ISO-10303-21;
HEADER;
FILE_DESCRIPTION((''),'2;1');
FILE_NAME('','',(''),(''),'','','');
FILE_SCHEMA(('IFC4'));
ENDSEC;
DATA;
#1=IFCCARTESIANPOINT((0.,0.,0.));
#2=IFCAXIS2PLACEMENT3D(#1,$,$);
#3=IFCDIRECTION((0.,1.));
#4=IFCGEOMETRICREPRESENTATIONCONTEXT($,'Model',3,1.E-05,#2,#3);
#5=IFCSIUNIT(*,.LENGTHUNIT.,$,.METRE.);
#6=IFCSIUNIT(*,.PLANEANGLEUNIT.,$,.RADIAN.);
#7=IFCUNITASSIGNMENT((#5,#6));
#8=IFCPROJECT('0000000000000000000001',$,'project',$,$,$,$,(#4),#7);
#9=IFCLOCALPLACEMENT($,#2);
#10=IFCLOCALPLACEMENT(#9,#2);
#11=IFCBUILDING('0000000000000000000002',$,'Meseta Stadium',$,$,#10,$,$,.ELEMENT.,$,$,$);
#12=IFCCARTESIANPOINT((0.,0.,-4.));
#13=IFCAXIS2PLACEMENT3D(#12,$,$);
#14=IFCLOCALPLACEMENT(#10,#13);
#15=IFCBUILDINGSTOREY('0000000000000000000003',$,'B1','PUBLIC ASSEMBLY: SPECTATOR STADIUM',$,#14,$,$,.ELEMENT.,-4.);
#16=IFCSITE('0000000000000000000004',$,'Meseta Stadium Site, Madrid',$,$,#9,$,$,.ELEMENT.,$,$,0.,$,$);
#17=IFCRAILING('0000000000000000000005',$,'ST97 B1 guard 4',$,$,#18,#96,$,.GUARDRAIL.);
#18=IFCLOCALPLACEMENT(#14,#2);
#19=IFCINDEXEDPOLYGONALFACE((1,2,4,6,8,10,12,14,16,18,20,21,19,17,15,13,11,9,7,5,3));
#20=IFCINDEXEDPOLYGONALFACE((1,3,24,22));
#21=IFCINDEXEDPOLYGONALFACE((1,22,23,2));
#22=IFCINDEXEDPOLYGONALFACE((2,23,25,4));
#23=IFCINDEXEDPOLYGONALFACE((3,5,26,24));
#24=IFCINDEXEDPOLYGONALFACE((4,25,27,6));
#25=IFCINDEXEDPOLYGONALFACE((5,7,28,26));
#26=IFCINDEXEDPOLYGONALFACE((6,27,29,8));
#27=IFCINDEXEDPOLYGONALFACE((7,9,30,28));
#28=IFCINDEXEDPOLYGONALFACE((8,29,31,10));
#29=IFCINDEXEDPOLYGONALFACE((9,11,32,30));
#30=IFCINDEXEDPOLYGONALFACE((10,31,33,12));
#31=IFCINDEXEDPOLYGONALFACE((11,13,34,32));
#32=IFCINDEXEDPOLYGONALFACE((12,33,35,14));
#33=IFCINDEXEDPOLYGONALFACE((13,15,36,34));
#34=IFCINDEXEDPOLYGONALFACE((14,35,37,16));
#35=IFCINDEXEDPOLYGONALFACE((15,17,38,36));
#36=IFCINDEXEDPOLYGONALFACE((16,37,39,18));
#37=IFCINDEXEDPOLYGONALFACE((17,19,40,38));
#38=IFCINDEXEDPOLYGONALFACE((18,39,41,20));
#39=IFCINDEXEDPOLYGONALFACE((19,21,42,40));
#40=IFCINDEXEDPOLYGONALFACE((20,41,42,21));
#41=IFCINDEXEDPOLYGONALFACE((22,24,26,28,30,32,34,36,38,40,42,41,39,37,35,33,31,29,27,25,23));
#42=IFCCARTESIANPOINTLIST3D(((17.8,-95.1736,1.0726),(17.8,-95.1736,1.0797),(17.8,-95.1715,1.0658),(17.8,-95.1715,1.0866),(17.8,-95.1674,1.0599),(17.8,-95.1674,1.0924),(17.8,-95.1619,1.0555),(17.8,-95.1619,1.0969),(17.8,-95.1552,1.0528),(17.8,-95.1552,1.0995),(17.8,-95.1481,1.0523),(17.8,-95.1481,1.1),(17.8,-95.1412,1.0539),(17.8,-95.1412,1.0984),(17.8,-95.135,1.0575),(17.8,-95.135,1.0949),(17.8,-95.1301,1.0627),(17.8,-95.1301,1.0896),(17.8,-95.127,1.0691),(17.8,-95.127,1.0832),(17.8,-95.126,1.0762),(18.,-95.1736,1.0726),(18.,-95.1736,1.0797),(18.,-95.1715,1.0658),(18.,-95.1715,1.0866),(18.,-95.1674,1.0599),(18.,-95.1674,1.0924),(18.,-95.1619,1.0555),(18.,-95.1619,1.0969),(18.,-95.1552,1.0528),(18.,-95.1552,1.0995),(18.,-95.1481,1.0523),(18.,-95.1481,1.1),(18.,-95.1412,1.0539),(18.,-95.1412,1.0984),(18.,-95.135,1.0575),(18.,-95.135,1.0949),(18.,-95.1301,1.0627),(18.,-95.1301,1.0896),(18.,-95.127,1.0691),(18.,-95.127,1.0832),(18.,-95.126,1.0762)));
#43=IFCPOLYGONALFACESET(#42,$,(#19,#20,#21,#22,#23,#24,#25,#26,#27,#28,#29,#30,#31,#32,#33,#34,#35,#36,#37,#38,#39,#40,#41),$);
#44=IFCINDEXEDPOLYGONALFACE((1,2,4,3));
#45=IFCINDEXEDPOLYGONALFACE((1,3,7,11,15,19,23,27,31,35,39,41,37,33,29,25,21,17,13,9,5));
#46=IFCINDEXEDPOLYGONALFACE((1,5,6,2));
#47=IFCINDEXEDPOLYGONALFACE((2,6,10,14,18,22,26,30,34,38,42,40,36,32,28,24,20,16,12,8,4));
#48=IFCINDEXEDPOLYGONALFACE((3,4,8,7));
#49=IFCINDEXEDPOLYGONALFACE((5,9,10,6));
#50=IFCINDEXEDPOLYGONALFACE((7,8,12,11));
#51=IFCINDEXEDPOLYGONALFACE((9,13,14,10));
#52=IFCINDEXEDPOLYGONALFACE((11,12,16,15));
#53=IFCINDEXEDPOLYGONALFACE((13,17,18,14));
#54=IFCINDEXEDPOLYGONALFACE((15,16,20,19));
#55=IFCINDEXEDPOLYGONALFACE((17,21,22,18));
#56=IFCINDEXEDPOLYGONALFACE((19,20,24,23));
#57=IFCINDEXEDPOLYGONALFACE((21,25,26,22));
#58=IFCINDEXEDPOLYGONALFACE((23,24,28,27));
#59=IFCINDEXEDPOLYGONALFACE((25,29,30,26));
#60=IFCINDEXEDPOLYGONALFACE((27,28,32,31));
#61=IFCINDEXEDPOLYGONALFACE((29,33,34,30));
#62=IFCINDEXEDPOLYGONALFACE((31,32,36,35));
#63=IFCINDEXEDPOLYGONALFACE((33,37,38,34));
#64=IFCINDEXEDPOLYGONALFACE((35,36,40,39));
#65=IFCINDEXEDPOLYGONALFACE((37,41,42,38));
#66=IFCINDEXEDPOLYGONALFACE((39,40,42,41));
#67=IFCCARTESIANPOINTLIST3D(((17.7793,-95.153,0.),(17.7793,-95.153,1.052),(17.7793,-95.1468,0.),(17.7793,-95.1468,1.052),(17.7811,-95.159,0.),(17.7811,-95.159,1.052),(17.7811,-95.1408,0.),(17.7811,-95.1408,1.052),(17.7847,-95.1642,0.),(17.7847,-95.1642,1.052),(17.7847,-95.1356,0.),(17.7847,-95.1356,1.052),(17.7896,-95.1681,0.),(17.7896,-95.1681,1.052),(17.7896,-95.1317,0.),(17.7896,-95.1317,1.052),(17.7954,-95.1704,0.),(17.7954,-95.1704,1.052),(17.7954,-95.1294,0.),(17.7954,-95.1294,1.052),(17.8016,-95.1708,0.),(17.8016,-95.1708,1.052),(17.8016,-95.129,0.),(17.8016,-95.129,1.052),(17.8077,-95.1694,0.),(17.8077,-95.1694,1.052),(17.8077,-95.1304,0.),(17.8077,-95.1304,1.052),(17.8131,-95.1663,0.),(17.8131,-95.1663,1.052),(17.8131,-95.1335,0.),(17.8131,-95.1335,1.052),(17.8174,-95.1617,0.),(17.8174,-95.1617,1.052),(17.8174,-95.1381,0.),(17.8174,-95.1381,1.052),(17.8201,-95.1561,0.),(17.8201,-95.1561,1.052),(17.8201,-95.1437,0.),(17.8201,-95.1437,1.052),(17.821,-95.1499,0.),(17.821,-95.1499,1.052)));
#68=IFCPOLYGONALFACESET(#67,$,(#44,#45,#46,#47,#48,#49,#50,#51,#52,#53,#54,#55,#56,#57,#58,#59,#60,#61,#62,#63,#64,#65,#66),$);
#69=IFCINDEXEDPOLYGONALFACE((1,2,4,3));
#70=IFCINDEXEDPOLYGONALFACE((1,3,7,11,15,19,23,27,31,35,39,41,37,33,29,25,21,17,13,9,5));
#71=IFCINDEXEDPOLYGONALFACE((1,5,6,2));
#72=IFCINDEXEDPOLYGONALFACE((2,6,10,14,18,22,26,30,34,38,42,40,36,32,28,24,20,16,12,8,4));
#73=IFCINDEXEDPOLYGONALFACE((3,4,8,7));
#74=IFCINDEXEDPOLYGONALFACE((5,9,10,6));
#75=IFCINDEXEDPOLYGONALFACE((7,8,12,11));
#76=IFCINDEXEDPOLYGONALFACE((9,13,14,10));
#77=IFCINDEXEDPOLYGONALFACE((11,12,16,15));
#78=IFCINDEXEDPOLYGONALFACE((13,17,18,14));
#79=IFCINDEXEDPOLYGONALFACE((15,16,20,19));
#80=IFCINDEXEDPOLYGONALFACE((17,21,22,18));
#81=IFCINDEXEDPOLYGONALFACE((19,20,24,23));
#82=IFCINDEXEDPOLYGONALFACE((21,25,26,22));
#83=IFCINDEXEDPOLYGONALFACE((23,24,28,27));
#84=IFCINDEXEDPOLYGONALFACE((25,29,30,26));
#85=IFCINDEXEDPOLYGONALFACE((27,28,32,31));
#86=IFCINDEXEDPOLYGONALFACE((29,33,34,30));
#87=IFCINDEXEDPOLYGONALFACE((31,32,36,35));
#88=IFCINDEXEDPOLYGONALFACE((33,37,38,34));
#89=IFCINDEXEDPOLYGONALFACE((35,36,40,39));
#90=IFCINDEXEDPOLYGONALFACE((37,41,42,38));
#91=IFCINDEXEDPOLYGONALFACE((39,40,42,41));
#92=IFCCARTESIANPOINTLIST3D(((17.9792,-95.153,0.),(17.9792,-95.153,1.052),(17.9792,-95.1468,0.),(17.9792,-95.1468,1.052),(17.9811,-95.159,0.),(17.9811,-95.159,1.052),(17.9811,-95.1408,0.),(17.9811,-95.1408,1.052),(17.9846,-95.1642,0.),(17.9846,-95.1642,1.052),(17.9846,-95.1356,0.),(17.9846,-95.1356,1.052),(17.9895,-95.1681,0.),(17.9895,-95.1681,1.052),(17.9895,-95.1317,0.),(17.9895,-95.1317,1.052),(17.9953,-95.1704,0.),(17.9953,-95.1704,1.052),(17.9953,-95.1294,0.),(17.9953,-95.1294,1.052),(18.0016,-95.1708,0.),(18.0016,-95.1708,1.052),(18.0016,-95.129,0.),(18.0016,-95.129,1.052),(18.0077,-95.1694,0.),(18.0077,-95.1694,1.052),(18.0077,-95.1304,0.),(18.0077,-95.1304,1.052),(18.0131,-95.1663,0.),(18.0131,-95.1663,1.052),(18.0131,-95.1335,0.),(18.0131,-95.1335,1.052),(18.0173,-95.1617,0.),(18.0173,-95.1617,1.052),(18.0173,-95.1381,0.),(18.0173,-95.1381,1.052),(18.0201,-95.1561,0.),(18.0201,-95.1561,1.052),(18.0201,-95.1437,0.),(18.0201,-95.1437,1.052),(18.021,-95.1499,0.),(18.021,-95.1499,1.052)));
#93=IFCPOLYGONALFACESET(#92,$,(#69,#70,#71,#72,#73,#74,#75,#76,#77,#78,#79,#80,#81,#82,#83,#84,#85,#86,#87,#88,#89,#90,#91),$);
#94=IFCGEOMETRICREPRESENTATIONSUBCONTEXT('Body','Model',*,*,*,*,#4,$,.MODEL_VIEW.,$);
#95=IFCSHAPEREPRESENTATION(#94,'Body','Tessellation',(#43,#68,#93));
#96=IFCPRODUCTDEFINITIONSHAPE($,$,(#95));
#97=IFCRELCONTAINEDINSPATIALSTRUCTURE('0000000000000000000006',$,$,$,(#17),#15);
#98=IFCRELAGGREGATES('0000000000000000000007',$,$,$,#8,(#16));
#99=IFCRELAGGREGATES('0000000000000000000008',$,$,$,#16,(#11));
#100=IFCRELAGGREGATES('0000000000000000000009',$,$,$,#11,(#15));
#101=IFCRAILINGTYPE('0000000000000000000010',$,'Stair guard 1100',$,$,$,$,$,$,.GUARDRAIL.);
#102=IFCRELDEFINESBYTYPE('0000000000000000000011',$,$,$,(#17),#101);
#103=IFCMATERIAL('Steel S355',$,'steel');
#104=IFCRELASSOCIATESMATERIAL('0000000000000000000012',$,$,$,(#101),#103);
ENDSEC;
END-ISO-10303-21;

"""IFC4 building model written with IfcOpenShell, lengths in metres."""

from ifc_helpers import new_model, si_unit, direction, frame, origin, origin_2d, place, context, subcontext, project, spatial, circle, extrude, material, type_object, element, save


model = new_model("IFC4")

# Units and contexts
model_context = context("Model", 3, precision=1e-05, world=origin(), true_north=direction((0.0, 1.0)))
body_context = subcontext(model_context, "Body", "Model", "MODEL_VIEW")
ifc_project = project(units=[si_unit("LENGTHUNIT", "METRE"), si_unit("PLANEANGLEUNIT", "RADIAN")], contexts=[model_context])

# Site, building, storey
site_placement = place(None, origin())
site = spatial("IfcSite", under=ifc_project, at=site_placement, Name="Meseta Stadium Site, Madrid", CompositionType="ELEMENT", RefElevation=0.0)
building_placement = place(site_placement, origin())
building = spatial("IfcBuilding", under=site, at=building_placement, Name="Meseta Stadium", CompositionType="ELEMENT")
storey_placement = place(building_placement, frame((0.0, 0.0, -4.0)))
storey = spatial("IfcBuildingStorey", under=building, at=storey_placement, Name="B1", Description="PUBLIC ASSEMBLY: SPECTATOR STADIUM", CompositionType="ELEMENT", Elevation=-4.0)

# Railing
ifc_material_1 = material(Name="Steel S355", Category="steel")
railing_type = type_object("IfcRailingType", Name="Stair guard 1100", PredefinedType="GUARDRAIL", material=ifc_material_1)
railing_placement = place(storey_placement, frame((17.8, -95.1499, 0.0)))
element("IfcRailing", 1, at=railing_placement, inside=storey, type_object=railing_type, Name="ST97 B1 guard 4", PredefinedType="GUARDRAIL", context=body_context, shape_type="SweptSolid", body=[
    extrude(circle(Radius=0.0239, at=origin_2d()), frame((0.0, 0.0, 1.0762), z_axis=(1.0, 0.0, 0.0), x_axis=(0.0, 1.0, 0.0)), (0.0, 0.0, 1.0), 0.2),
    extrude(circle(Radius=0.021, at=origin_2d()), origin(), (0.0, 0.0, 1.0), 1.052),
    extrude(circle(Radius=0.021, at=origin_2d()), frame((0.2, 0.0, 0.0)), (0.0, 0.0, 1.0), 1.052),
])

save(model, "model.ifc")
